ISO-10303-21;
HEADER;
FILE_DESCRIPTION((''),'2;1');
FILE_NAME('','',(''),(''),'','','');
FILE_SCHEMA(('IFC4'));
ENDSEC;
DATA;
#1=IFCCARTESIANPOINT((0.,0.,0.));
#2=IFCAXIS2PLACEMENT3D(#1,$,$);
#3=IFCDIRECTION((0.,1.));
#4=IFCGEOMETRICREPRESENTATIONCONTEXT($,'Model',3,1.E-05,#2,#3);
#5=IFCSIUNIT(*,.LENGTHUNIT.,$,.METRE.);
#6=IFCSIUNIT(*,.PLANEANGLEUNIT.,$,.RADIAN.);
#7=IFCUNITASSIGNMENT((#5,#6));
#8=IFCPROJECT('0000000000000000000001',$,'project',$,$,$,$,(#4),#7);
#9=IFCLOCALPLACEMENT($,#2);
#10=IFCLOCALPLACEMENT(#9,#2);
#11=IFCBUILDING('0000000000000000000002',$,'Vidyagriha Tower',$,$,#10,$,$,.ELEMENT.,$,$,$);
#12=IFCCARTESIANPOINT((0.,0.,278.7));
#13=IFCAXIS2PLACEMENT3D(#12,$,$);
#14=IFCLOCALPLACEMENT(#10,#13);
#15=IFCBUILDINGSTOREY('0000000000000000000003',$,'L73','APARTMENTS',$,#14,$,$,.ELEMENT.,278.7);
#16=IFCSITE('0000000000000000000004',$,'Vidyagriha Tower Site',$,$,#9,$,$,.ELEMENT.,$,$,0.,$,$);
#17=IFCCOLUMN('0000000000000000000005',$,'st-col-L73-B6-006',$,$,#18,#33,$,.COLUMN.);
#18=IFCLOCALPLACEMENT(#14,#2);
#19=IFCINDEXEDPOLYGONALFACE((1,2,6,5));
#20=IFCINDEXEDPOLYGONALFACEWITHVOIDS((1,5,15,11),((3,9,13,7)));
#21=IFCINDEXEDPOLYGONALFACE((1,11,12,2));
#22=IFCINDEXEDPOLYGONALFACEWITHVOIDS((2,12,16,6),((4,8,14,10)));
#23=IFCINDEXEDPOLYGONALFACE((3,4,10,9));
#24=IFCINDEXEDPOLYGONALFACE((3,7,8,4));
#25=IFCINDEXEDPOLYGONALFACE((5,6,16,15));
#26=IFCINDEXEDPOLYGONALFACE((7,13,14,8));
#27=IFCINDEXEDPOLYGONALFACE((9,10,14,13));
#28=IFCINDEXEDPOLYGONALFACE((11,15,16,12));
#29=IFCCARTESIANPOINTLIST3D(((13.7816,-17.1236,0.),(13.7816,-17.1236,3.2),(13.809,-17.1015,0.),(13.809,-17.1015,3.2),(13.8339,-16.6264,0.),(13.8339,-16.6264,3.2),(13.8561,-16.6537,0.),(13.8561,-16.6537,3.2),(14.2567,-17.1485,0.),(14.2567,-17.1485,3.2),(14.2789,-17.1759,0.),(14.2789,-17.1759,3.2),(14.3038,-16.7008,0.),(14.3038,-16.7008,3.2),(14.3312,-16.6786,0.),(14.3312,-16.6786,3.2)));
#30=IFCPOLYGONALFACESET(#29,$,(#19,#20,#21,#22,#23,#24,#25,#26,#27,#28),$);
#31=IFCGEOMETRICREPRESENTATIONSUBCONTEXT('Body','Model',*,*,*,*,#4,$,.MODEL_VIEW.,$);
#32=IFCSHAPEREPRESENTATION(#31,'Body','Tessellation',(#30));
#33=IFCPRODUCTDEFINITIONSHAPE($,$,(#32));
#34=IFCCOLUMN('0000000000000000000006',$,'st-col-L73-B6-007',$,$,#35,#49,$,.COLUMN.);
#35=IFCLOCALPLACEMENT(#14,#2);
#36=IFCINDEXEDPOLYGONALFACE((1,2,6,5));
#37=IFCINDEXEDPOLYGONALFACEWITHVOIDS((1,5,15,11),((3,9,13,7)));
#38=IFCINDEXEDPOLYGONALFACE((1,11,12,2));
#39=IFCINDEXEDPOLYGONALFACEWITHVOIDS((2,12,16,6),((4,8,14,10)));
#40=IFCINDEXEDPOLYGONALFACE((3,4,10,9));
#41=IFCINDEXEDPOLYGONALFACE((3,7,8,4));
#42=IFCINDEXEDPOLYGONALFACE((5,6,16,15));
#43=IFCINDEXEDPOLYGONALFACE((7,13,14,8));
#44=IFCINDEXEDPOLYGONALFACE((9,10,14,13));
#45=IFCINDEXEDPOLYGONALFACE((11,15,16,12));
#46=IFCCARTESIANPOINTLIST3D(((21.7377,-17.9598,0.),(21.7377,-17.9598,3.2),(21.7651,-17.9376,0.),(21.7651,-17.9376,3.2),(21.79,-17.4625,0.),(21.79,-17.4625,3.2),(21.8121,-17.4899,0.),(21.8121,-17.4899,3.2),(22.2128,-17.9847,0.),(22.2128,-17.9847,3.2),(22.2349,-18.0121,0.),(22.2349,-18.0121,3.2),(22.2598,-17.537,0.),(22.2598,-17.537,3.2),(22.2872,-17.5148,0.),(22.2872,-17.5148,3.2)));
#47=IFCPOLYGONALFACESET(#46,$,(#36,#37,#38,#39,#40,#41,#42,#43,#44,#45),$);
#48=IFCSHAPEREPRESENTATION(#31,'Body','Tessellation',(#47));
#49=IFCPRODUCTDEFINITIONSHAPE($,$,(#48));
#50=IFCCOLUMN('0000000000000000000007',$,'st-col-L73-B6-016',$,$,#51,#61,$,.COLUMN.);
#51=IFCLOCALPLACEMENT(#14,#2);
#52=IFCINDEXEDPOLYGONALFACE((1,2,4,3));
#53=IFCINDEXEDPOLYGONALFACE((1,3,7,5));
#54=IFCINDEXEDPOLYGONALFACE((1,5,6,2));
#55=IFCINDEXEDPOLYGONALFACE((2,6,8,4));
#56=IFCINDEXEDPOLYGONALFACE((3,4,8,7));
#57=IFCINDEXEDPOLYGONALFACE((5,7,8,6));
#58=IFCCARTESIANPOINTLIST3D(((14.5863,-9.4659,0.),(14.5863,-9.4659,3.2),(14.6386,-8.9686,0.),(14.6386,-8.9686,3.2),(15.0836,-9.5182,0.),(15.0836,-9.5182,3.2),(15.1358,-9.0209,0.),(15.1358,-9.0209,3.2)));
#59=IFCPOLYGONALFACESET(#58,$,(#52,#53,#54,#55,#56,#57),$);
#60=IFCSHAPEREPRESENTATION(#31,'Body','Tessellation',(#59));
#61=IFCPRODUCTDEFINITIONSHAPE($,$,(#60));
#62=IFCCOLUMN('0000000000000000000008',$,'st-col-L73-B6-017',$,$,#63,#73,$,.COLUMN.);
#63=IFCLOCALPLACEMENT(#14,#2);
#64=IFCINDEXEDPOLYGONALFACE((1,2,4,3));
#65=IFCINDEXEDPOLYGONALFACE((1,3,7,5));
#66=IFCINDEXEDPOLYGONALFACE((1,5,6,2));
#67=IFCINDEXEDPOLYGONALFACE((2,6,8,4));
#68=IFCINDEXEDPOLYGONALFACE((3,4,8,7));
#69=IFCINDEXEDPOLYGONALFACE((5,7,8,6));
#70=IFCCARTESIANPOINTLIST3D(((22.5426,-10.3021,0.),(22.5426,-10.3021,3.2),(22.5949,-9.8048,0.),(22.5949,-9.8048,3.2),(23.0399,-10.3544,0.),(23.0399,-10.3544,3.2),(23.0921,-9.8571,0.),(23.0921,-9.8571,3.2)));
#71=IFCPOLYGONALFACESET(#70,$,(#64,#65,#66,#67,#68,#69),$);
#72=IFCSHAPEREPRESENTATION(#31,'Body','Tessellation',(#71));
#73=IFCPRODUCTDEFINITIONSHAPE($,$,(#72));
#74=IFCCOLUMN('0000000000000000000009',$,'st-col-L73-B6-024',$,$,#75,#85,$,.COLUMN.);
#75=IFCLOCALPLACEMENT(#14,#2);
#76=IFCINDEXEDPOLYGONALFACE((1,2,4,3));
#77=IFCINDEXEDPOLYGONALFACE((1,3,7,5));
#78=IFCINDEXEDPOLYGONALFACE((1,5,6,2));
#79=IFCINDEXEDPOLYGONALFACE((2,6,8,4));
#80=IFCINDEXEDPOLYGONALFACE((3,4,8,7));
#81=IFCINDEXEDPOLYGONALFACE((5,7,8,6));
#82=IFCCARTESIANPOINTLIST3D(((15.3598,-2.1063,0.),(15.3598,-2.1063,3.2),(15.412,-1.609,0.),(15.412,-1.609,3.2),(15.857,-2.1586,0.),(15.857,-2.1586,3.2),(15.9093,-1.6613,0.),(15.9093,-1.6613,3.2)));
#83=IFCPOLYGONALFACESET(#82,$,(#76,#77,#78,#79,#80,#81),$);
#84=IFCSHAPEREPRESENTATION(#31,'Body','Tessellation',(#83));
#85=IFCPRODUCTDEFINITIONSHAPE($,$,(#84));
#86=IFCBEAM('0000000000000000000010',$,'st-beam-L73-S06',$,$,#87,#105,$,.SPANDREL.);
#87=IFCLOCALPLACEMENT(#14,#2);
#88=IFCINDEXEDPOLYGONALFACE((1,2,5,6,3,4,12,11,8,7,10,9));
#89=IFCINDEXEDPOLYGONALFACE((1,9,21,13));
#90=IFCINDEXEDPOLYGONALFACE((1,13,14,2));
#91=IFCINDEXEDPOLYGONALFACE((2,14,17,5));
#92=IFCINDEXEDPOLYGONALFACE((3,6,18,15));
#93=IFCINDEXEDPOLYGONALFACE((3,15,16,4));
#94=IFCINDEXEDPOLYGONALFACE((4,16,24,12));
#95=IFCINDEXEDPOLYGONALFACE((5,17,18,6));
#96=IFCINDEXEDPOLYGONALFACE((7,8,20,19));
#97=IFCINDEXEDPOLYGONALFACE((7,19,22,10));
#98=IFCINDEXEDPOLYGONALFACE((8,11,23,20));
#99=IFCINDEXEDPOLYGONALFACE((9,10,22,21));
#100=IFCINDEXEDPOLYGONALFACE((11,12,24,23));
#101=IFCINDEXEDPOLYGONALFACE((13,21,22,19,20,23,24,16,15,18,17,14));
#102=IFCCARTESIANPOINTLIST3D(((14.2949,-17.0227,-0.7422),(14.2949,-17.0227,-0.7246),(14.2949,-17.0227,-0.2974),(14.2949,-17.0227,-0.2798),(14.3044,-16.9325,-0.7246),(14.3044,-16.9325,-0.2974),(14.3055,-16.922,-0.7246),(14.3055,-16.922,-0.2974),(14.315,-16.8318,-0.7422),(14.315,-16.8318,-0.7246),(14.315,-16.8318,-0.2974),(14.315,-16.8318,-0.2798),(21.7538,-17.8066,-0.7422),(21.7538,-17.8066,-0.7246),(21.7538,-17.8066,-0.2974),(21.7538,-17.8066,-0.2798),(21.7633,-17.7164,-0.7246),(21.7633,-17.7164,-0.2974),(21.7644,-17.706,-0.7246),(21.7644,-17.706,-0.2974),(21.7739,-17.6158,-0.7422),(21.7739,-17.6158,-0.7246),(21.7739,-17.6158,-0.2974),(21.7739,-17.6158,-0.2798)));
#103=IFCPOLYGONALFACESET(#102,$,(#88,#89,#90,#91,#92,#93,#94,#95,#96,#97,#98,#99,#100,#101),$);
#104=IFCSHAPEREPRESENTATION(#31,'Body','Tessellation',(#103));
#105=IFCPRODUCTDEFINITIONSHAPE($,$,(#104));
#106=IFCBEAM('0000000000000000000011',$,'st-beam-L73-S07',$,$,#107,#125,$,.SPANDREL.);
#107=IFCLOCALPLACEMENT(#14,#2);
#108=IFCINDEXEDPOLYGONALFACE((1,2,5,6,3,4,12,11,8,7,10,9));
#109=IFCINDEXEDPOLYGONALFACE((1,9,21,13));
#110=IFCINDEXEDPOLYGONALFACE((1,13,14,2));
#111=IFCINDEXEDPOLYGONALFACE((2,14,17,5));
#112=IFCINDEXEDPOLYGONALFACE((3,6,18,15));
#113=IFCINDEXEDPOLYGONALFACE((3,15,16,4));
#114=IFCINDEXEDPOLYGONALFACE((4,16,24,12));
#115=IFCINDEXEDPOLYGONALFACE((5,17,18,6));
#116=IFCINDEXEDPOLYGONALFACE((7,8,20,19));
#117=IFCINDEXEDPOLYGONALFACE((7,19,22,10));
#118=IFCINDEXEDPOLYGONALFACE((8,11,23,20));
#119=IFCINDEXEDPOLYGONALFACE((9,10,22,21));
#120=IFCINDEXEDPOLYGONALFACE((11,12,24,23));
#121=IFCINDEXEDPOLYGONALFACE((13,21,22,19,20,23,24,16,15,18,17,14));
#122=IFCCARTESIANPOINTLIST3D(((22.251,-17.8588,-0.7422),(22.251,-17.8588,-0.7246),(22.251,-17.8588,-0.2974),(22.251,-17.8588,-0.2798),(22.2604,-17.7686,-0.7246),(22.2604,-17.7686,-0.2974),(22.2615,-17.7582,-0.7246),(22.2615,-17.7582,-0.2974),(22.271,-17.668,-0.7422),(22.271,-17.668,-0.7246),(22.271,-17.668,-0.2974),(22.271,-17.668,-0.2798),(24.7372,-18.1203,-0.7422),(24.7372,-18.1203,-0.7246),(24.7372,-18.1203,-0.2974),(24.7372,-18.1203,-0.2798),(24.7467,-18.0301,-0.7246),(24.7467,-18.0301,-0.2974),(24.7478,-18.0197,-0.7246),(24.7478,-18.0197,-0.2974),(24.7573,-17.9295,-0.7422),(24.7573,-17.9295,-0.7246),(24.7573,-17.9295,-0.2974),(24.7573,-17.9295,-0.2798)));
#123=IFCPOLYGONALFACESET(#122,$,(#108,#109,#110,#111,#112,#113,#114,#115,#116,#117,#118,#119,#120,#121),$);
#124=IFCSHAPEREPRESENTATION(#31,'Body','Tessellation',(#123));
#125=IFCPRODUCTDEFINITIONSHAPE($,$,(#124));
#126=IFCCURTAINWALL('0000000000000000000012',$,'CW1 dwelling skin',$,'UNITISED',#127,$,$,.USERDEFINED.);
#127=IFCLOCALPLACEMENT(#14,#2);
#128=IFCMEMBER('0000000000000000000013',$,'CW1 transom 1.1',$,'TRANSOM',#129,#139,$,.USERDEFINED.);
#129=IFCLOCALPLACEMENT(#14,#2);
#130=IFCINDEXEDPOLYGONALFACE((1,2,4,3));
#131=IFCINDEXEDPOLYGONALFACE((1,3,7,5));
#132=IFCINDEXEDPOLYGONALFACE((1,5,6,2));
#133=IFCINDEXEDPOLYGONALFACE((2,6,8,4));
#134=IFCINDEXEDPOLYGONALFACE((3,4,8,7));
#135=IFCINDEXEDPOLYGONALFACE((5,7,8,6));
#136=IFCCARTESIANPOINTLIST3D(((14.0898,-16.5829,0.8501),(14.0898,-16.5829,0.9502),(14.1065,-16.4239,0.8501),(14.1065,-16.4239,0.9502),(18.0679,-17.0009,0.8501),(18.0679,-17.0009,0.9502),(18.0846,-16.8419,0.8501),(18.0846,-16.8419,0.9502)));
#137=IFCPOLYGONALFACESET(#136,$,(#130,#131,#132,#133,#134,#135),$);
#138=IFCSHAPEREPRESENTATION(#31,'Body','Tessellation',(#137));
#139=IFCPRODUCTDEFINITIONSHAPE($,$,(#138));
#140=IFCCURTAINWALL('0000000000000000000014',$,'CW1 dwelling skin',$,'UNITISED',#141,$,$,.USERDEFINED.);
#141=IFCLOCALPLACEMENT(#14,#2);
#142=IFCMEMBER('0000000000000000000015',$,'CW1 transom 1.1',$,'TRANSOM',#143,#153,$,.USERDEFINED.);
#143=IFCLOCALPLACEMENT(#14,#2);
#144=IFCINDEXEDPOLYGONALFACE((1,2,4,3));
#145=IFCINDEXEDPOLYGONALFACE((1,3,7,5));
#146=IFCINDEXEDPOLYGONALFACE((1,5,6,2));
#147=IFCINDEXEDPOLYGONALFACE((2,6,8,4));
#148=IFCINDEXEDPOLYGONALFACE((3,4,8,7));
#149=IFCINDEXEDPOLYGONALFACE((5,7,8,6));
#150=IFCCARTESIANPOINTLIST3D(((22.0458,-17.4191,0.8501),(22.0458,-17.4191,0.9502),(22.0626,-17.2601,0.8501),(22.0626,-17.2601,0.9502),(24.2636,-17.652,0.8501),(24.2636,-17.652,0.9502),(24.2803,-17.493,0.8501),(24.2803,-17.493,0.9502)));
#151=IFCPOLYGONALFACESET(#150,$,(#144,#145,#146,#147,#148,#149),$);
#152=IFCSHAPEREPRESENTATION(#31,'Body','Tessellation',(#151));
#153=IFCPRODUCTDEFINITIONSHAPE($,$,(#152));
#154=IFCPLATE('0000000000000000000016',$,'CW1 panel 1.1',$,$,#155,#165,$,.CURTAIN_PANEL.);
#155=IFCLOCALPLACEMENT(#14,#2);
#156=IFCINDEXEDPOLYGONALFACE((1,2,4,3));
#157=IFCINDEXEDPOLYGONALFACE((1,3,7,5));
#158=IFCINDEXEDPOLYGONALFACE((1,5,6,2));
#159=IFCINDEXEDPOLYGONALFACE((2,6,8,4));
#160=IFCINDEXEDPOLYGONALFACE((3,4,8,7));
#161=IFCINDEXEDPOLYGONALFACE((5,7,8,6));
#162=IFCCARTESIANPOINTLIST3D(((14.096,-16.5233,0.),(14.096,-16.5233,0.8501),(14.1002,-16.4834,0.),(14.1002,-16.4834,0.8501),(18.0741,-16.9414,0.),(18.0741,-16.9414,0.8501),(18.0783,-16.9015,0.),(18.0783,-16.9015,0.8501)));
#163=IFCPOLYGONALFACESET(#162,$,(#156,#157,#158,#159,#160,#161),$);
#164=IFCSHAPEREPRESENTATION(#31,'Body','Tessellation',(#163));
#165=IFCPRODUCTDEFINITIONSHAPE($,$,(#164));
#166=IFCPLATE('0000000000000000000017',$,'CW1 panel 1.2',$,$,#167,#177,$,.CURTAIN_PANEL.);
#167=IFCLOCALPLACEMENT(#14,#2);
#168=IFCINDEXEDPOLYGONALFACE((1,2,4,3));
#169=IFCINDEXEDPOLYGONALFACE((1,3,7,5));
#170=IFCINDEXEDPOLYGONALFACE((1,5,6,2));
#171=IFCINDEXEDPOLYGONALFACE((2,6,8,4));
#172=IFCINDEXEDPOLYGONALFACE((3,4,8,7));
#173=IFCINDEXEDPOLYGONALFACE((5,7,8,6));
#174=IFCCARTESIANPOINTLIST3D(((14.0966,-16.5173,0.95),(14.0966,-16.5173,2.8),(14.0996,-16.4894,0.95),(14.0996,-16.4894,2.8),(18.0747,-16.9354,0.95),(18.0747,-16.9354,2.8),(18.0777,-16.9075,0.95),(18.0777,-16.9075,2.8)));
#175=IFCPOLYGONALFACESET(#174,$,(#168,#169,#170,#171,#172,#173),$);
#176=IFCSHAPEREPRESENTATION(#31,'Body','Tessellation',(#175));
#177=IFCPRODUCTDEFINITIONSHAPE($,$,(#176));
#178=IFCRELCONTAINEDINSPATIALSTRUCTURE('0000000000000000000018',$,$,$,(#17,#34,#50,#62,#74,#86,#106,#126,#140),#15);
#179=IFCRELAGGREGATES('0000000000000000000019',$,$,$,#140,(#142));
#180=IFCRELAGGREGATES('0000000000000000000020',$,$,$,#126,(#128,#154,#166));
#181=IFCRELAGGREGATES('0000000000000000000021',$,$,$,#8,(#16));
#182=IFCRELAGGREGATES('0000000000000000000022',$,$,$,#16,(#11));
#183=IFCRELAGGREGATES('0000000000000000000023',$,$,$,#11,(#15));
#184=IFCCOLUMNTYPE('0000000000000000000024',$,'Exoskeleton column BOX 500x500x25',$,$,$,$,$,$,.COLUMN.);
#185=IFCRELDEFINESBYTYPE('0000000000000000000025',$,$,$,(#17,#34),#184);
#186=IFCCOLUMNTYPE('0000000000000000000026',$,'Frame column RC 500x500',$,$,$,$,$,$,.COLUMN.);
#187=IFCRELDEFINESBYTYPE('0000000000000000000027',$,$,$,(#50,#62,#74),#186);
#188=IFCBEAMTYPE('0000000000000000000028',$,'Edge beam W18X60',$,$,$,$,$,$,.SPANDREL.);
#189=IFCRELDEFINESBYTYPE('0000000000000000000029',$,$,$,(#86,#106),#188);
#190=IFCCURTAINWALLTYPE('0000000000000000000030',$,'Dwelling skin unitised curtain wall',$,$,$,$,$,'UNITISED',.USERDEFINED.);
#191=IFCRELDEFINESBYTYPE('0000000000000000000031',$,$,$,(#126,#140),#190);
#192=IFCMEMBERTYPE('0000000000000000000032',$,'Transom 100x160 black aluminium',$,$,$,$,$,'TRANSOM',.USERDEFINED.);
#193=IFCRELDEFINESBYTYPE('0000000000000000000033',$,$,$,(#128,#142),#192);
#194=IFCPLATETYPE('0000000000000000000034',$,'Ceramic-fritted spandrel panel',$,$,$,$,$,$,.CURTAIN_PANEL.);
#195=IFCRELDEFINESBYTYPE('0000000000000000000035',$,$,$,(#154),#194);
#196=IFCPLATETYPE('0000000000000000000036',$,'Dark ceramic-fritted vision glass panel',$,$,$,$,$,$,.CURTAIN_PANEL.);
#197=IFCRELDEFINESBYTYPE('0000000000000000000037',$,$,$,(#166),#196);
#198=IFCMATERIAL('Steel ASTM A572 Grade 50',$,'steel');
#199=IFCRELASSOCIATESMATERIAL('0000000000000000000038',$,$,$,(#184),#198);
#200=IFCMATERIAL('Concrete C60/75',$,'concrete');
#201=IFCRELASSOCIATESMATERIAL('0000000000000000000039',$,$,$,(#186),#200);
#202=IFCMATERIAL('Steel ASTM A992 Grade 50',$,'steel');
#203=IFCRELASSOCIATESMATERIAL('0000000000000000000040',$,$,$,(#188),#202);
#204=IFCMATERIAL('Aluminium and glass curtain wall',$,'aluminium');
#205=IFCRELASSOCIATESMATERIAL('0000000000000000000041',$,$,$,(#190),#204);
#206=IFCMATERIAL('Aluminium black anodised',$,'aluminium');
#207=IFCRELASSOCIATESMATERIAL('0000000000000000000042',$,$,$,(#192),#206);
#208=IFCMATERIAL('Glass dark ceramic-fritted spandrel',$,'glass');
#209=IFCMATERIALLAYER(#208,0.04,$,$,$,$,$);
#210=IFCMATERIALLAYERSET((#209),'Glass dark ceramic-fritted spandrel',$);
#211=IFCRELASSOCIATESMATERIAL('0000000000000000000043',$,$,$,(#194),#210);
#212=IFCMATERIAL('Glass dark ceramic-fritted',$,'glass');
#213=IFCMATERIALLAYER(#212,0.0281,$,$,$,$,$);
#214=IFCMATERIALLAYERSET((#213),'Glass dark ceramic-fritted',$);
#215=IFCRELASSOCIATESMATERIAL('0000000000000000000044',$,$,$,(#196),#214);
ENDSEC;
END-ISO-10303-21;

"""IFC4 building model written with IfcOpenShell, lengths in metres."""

from ifc_helpers import new_model, si_unit, direction, frame, origin, origin_2d, place, context, subcontext, project, spatial, rectangle, hollow_rectangle, i_section, extrude, material, layer, layer_set, material_profile, profile_set, type_object, element, aggregate, save


model = new_model("IFC4")

# Units and contexts
model_context = context("Model", 3, precision=1e-05, world=origin(), true_north=direction((0.0, 1.0)))
body_context = subcontext(model_context, "Body", "Model", "MODEL_VIEW")
ifc_project = project(units=[si_unit("LENGTHUNIT", "METRE"), si_unit("PLANEANGLEUNIT", "RADIAN")], contexts=[model_context])

# Site, building, storey
site_placement = place(None, origin())
site = spatial("IfcSite", under=ifc_project, at=site_placement, Name="Vidyagriha Tower Site", CompositionType="ELEMENT", RefElevation=0.0)
building_placement = place(site_placement, origin())
building = spatial("IfcBuilding", under=site, at=building_placement, Name="Vidyagriha Tower", CompositionType="ELEMENT")
storey_placement = place(building_placement, frame((0.0, 0.0, 278.7)))
storey = spatial("IfcBuildingStorey", under=building, at=storey_placement, Name="L73", Description="APARTMENTS", CompositionType="ELEMENT", Elevation=278.7)

# Columns
ifc_material_1 = material(Name="Steel ASTM A572 Grade 50", Category="steel")
ifc_material_profile_1 = material_profile(ifc_material_1, hollow_rectangle(XDim=0.5, YDim=0.5, WallThickness=0.0249, at=origin_2d()), Name="BOX 500x500x25")
ifc_profile_set_1 = profile_set([ifc_material_profile_1], Name="Steel ASTM A572 Grade 50")
column_type_1 = type_object("IfcColumnType", Name="Exoskeleton column BOX 500x500x25", PredefinedType="COLUMN", material=ifc_profile_set_1)
for number, where, z_axis, x_axis, name in (
    (1, (14.0564, -16.9011, 0.0), (0.0, 0.0, 1.0), (0.994522, -0.104528, 0.0), "st-col-L73-B6-006"),
    (2, (22.0125, -17.7373, 0.0), (0.0, 0.0, 1.0), (0.994522, -0.104528, 0.0), "st-col-L73-B6-007"),
):
    element("IfcColumn", number, at=place(storey_placement, frame(where, z_axis=z_axis, x_axis=x_axis)), inside=storey, type_object=column_type_1, Name=name, PredefinedType="COLUMN", context=body_context, shape_type="SweptSolid", body=[
        extrude(hollow_rectangle(XDim=0.5, YDim=0.5, WallThickness=0.0249, at=origin_2d()), origin(), (0.0, 0.0, 1.0), 3.2),
    ])
ifc_material_2 = material(Name="Concrete C60/75", Category="concrete")
ifc_material_profile_2 = material_profile(ifc_material_2, rectangle(XDim=0.5, YDim=0.5, at=origin_2d()), Name="RC 500x500")
ifc_profile_set_2 = profile_set([ifc_material_profile_2], Name="Concrete C60/75")
column_type_2 = type_object("IfcColumnType", Name="Frame column RC 500x500", PredefinedType="COLUMN", material=ifc_profile_set_2)
for number, where, z_axis, x_axis, name in (
    (3, (14.8611, -9.2434, 0.0), (0.0, 0.0, 1.0), (0.994522, -0.104528, 0.0), "st-col-L73-B6-016"),
    (4, (22.8174, -10.0796, 0.0), (0.0, 0.0, 1.0), (0.994522, -0.104528, 0.0), "st-col-L73-B6-017"),
    (5, (15.6345, -1.8838, 0.0), (0.0, 0.0, 1.0), (0.994522, -0.104528, 0.0), "st-col-L73-B6-024"),
):
    element("IfcColumn", number, at=place(storey_placement, frame(where, z_axis=z_axis, x_axis=x_axis)), inside=storey, type_object=column_type_2, Name=name, PredefinedType="COLUMN", context=body_context, shape_type="SweptSolid", body=[
        extrude(rectangle(XDim=0.5, YDim=0.5, at=origin_2d()), origin(), (0.0, 0.0, 1.0), 3.2),
    ])

# Beams
ifc_material_3 = material(Name="Steel ASTM A992 Grade 50", Category="steel")
ifc_material_profile_3 = material_profile(ifc_material_3, i_section(OverallWidth=0.1919, OverallDepth=0.4624, WebThickness=0.0105, FlangeThickness=0.0176, at=origin_2d()), Name="W18X60")
ifc_profile_set_3 = profile_set([ifc_material_profile_3], Name="Steel ASTM A992 Grade 50")
beam_type = type_object("IfcBeamType", Name="Edge beam W18X60", PredefinedType="SPANDREL", material=ifc_profile_set_3)
beam_1_placement = place(storey_placement, frame((14.3049, -16.9272, -0.511), z_axis=(0.994522, -0.104524, 0.0), x_axis=(0.104524, 0.994522, 0.0)))
element("IfcBeam", 6, at=beam_1_placement, inside=storey, type_object=beam_type, Name="st-beam-L73-S06", PredefinedType="SPANDREL", context=body_context, shape_type="SweptSolid", body=[
    extrude(i_section(OverallWidth=0.1919, OverallDepth=0.4624, WebThickness=0.0105, FlangeThickness=0.0176, at=origin_2d()), origin(), (0.0, 0.0, 1.0), 7.5),
])
beam_2_placement = place(storey_placement, frame((22.261, -17.7634, -0.511), z_axis=(0.994516, -0.104588, 0.0), x_axis=(0.104588, 0.994516, 0.0)))
element("IfcBeam", 7, at=beam_2_placement, inside=storey, type_object=beam_type, Name="st-beam-L73-S07", PredefinedType="SPANDREL", context=body_context, shape_type="SweptSolid", body=[
    extrude(i_section(OverallWidth=0.1919, OverallDepth=0.4624, WebThickness=0.0105, FlangeThickness=0.0176, at=origin_2d()), origin(), (0.0, 0.0, 1.0), 2.5),
])

# Curtain walls, members
ifc_material_4 = material(Name="Aluminium and glass curtain wall", Category="aluminium")
curtain_wall_type = type_object("IfcCurtainWallType", Name="Dwelling skin unitised curtain wall", ElementType="UNITISED", PredefinedType="USERDEFINED", material=ifc_material_4)
curtain_wall_1_placement = place(storey_placement, origin())
curtain_wall_1 = element("IfcCurtainWall", 8, at=curtain_wall_1_placement, inside=storey, type_object=curtain_wall_type, Name="CW1 dwelling skin", ObjectType="UNITISED", PredefinedType="USERDEFINED")
ifc_material_5 = material(Name="Aluminium black anodised", Category="aluminium")
ifc_material_profile_4 = material_profile(ifc_material_5, rectangle(XDim=0.1599, YDim=0.1001, at=origin_2d()), Name="Transom 100x160 black aluminium")
ifc_profile_set_4 = profile_set([ifc_material_profile_4], Name="Aluminium black anodised")
member_type = type_object("IfcMemberType", Name="Transom 100x160 black aluminium", ElementType="TRANSOM", PredefinedType="USERDEFINED", material=ifc_profile_set_4)
member_1_placement = place(storey_placement, frame((14.0981, -16.5034, 0.9001), z_axis=(0.994526, -0.104494, 0.0), x_axis=(0.104494, 0.994526, 0.0)))
member_1 = element("IfcMember", 9, at=member_1_placement, type_object=member_type, Name="CW1 transom 1.1", ObjectType="TRANSOM", PredefinedType="USERDEFINED", context=body_context, shape_type="SweptSolid", body=[
    extrude(rectangle(XDim=0.1599, YDim=0.1001, at=origin_2d()), origin(), (0.0, 0.0, 1.0), 4.0),
])
curtain_wall_2_placement = place(storey_placement, origin())
curtain_wall_2 = element("IfcCurtainWall", 10, at=curtain_wall_2_placement, inside=storey, type_object=curtain_wall_type, Name="CW1 dwelling skin", ObjectType="UNITISED", PredefinedType="USERDEFINED")
member_2_placement = place(storey_placement, frame((22.0542, -17.3396, 0.9001), z_axis=(0.994531, -0.104445, 0.0), x_axis=(0.104445, 0.994531, 0.0)))
member_2 = element("IfcMember", 11, at=member_2_placement, type_object=member_type, Name="CW1 transom 1.1", ObjectType="TRANSOM", PredefinedType="USERDEFINED", context=body_context, shape_type="SweptSolid", body=[
    extrude(rectangle(XDim=0.1599, YDim=0.1001, at=origin_2d()), origin(), (0.0, 0.0, 1.0), 2.23),
])
aggregate(curtain_wall_2, [member_2])

# Plates
ifc_material_6 = material(Name="Glass dark ceramic-fritted spandrel", Category="glass")
ifc_layer_1 = layer(ifc_material_6, 0.04)
ifc_layer_set_1 = layer_set([ifc_layer_1], Name="Glass dark ceramic-fritted spandrel")
plate_type_1 = type_object("IfcPlateType", Name="Ceramic-fritted spandrel panel", PredefinedType="CURTAIN_PANEL", material=ifc_layer_set_1)
plate_1_placement = place(storey_placement, frame((16.0872, -16.7124, 0.0), z_axis=(0.0, 0.0, 1.0), x_axis=(0.994522, -0.104525, 0.0)))
plate_1 = element("IfcPlate", 12, at=plate_1_placement, type_object=plate_type_1, Name="CW1 panel 1.1", PredefinedType="CURTAIN_PANEL", context=body_context, shape_type="SweptSolid", body=[
    extrude(rectangle(XDim=4.0, YDim=0.04, at=origin_2d()), origin(), (0.0, 0.0, 1.0), 0.8501),
])
ifc_material_7 = material(Name="Glass dark ceramic-fritted", Category="glass")
ifc_layer_2 = layer(ifc_material_7, 0.0281)
ifc_layer_set_2 = layer_set([ifc_layer_2], Name="Glass dark ceramic-fritted")
plate_type_2 = type_object("IfcPlateType", Name="Dark ceramic-fritted vision glass panel", PredefinedType="CURTAIN_PANEL", material=ifc_layer_set_2)
plate_2_placement = place(storey_placement, frame((16.0872, -16.7124, 0.95), z_axis=(0.0, 0.0, 1.0), x_axis=(0.994522, -0.104525, 0.0)))
plate_2 = element("IfcPlate", 13, at=plate_2_placement, type_object=plate_type_2, Name="CW1 panel 1.2", PredefinedType="CURTAIN_PANEL", context=body_context, shape_type="SweptSolid", body=[
    extrude(rectangle(XDim=4.0, YDim=0.0281, at=origin_2d()), origin(), (0.0, 0.0, 1.0), 1.8501),
])
aggregate(curtain_wall_1, [member_1, plate_1, plate_2])

save(model, "model.ifc")
